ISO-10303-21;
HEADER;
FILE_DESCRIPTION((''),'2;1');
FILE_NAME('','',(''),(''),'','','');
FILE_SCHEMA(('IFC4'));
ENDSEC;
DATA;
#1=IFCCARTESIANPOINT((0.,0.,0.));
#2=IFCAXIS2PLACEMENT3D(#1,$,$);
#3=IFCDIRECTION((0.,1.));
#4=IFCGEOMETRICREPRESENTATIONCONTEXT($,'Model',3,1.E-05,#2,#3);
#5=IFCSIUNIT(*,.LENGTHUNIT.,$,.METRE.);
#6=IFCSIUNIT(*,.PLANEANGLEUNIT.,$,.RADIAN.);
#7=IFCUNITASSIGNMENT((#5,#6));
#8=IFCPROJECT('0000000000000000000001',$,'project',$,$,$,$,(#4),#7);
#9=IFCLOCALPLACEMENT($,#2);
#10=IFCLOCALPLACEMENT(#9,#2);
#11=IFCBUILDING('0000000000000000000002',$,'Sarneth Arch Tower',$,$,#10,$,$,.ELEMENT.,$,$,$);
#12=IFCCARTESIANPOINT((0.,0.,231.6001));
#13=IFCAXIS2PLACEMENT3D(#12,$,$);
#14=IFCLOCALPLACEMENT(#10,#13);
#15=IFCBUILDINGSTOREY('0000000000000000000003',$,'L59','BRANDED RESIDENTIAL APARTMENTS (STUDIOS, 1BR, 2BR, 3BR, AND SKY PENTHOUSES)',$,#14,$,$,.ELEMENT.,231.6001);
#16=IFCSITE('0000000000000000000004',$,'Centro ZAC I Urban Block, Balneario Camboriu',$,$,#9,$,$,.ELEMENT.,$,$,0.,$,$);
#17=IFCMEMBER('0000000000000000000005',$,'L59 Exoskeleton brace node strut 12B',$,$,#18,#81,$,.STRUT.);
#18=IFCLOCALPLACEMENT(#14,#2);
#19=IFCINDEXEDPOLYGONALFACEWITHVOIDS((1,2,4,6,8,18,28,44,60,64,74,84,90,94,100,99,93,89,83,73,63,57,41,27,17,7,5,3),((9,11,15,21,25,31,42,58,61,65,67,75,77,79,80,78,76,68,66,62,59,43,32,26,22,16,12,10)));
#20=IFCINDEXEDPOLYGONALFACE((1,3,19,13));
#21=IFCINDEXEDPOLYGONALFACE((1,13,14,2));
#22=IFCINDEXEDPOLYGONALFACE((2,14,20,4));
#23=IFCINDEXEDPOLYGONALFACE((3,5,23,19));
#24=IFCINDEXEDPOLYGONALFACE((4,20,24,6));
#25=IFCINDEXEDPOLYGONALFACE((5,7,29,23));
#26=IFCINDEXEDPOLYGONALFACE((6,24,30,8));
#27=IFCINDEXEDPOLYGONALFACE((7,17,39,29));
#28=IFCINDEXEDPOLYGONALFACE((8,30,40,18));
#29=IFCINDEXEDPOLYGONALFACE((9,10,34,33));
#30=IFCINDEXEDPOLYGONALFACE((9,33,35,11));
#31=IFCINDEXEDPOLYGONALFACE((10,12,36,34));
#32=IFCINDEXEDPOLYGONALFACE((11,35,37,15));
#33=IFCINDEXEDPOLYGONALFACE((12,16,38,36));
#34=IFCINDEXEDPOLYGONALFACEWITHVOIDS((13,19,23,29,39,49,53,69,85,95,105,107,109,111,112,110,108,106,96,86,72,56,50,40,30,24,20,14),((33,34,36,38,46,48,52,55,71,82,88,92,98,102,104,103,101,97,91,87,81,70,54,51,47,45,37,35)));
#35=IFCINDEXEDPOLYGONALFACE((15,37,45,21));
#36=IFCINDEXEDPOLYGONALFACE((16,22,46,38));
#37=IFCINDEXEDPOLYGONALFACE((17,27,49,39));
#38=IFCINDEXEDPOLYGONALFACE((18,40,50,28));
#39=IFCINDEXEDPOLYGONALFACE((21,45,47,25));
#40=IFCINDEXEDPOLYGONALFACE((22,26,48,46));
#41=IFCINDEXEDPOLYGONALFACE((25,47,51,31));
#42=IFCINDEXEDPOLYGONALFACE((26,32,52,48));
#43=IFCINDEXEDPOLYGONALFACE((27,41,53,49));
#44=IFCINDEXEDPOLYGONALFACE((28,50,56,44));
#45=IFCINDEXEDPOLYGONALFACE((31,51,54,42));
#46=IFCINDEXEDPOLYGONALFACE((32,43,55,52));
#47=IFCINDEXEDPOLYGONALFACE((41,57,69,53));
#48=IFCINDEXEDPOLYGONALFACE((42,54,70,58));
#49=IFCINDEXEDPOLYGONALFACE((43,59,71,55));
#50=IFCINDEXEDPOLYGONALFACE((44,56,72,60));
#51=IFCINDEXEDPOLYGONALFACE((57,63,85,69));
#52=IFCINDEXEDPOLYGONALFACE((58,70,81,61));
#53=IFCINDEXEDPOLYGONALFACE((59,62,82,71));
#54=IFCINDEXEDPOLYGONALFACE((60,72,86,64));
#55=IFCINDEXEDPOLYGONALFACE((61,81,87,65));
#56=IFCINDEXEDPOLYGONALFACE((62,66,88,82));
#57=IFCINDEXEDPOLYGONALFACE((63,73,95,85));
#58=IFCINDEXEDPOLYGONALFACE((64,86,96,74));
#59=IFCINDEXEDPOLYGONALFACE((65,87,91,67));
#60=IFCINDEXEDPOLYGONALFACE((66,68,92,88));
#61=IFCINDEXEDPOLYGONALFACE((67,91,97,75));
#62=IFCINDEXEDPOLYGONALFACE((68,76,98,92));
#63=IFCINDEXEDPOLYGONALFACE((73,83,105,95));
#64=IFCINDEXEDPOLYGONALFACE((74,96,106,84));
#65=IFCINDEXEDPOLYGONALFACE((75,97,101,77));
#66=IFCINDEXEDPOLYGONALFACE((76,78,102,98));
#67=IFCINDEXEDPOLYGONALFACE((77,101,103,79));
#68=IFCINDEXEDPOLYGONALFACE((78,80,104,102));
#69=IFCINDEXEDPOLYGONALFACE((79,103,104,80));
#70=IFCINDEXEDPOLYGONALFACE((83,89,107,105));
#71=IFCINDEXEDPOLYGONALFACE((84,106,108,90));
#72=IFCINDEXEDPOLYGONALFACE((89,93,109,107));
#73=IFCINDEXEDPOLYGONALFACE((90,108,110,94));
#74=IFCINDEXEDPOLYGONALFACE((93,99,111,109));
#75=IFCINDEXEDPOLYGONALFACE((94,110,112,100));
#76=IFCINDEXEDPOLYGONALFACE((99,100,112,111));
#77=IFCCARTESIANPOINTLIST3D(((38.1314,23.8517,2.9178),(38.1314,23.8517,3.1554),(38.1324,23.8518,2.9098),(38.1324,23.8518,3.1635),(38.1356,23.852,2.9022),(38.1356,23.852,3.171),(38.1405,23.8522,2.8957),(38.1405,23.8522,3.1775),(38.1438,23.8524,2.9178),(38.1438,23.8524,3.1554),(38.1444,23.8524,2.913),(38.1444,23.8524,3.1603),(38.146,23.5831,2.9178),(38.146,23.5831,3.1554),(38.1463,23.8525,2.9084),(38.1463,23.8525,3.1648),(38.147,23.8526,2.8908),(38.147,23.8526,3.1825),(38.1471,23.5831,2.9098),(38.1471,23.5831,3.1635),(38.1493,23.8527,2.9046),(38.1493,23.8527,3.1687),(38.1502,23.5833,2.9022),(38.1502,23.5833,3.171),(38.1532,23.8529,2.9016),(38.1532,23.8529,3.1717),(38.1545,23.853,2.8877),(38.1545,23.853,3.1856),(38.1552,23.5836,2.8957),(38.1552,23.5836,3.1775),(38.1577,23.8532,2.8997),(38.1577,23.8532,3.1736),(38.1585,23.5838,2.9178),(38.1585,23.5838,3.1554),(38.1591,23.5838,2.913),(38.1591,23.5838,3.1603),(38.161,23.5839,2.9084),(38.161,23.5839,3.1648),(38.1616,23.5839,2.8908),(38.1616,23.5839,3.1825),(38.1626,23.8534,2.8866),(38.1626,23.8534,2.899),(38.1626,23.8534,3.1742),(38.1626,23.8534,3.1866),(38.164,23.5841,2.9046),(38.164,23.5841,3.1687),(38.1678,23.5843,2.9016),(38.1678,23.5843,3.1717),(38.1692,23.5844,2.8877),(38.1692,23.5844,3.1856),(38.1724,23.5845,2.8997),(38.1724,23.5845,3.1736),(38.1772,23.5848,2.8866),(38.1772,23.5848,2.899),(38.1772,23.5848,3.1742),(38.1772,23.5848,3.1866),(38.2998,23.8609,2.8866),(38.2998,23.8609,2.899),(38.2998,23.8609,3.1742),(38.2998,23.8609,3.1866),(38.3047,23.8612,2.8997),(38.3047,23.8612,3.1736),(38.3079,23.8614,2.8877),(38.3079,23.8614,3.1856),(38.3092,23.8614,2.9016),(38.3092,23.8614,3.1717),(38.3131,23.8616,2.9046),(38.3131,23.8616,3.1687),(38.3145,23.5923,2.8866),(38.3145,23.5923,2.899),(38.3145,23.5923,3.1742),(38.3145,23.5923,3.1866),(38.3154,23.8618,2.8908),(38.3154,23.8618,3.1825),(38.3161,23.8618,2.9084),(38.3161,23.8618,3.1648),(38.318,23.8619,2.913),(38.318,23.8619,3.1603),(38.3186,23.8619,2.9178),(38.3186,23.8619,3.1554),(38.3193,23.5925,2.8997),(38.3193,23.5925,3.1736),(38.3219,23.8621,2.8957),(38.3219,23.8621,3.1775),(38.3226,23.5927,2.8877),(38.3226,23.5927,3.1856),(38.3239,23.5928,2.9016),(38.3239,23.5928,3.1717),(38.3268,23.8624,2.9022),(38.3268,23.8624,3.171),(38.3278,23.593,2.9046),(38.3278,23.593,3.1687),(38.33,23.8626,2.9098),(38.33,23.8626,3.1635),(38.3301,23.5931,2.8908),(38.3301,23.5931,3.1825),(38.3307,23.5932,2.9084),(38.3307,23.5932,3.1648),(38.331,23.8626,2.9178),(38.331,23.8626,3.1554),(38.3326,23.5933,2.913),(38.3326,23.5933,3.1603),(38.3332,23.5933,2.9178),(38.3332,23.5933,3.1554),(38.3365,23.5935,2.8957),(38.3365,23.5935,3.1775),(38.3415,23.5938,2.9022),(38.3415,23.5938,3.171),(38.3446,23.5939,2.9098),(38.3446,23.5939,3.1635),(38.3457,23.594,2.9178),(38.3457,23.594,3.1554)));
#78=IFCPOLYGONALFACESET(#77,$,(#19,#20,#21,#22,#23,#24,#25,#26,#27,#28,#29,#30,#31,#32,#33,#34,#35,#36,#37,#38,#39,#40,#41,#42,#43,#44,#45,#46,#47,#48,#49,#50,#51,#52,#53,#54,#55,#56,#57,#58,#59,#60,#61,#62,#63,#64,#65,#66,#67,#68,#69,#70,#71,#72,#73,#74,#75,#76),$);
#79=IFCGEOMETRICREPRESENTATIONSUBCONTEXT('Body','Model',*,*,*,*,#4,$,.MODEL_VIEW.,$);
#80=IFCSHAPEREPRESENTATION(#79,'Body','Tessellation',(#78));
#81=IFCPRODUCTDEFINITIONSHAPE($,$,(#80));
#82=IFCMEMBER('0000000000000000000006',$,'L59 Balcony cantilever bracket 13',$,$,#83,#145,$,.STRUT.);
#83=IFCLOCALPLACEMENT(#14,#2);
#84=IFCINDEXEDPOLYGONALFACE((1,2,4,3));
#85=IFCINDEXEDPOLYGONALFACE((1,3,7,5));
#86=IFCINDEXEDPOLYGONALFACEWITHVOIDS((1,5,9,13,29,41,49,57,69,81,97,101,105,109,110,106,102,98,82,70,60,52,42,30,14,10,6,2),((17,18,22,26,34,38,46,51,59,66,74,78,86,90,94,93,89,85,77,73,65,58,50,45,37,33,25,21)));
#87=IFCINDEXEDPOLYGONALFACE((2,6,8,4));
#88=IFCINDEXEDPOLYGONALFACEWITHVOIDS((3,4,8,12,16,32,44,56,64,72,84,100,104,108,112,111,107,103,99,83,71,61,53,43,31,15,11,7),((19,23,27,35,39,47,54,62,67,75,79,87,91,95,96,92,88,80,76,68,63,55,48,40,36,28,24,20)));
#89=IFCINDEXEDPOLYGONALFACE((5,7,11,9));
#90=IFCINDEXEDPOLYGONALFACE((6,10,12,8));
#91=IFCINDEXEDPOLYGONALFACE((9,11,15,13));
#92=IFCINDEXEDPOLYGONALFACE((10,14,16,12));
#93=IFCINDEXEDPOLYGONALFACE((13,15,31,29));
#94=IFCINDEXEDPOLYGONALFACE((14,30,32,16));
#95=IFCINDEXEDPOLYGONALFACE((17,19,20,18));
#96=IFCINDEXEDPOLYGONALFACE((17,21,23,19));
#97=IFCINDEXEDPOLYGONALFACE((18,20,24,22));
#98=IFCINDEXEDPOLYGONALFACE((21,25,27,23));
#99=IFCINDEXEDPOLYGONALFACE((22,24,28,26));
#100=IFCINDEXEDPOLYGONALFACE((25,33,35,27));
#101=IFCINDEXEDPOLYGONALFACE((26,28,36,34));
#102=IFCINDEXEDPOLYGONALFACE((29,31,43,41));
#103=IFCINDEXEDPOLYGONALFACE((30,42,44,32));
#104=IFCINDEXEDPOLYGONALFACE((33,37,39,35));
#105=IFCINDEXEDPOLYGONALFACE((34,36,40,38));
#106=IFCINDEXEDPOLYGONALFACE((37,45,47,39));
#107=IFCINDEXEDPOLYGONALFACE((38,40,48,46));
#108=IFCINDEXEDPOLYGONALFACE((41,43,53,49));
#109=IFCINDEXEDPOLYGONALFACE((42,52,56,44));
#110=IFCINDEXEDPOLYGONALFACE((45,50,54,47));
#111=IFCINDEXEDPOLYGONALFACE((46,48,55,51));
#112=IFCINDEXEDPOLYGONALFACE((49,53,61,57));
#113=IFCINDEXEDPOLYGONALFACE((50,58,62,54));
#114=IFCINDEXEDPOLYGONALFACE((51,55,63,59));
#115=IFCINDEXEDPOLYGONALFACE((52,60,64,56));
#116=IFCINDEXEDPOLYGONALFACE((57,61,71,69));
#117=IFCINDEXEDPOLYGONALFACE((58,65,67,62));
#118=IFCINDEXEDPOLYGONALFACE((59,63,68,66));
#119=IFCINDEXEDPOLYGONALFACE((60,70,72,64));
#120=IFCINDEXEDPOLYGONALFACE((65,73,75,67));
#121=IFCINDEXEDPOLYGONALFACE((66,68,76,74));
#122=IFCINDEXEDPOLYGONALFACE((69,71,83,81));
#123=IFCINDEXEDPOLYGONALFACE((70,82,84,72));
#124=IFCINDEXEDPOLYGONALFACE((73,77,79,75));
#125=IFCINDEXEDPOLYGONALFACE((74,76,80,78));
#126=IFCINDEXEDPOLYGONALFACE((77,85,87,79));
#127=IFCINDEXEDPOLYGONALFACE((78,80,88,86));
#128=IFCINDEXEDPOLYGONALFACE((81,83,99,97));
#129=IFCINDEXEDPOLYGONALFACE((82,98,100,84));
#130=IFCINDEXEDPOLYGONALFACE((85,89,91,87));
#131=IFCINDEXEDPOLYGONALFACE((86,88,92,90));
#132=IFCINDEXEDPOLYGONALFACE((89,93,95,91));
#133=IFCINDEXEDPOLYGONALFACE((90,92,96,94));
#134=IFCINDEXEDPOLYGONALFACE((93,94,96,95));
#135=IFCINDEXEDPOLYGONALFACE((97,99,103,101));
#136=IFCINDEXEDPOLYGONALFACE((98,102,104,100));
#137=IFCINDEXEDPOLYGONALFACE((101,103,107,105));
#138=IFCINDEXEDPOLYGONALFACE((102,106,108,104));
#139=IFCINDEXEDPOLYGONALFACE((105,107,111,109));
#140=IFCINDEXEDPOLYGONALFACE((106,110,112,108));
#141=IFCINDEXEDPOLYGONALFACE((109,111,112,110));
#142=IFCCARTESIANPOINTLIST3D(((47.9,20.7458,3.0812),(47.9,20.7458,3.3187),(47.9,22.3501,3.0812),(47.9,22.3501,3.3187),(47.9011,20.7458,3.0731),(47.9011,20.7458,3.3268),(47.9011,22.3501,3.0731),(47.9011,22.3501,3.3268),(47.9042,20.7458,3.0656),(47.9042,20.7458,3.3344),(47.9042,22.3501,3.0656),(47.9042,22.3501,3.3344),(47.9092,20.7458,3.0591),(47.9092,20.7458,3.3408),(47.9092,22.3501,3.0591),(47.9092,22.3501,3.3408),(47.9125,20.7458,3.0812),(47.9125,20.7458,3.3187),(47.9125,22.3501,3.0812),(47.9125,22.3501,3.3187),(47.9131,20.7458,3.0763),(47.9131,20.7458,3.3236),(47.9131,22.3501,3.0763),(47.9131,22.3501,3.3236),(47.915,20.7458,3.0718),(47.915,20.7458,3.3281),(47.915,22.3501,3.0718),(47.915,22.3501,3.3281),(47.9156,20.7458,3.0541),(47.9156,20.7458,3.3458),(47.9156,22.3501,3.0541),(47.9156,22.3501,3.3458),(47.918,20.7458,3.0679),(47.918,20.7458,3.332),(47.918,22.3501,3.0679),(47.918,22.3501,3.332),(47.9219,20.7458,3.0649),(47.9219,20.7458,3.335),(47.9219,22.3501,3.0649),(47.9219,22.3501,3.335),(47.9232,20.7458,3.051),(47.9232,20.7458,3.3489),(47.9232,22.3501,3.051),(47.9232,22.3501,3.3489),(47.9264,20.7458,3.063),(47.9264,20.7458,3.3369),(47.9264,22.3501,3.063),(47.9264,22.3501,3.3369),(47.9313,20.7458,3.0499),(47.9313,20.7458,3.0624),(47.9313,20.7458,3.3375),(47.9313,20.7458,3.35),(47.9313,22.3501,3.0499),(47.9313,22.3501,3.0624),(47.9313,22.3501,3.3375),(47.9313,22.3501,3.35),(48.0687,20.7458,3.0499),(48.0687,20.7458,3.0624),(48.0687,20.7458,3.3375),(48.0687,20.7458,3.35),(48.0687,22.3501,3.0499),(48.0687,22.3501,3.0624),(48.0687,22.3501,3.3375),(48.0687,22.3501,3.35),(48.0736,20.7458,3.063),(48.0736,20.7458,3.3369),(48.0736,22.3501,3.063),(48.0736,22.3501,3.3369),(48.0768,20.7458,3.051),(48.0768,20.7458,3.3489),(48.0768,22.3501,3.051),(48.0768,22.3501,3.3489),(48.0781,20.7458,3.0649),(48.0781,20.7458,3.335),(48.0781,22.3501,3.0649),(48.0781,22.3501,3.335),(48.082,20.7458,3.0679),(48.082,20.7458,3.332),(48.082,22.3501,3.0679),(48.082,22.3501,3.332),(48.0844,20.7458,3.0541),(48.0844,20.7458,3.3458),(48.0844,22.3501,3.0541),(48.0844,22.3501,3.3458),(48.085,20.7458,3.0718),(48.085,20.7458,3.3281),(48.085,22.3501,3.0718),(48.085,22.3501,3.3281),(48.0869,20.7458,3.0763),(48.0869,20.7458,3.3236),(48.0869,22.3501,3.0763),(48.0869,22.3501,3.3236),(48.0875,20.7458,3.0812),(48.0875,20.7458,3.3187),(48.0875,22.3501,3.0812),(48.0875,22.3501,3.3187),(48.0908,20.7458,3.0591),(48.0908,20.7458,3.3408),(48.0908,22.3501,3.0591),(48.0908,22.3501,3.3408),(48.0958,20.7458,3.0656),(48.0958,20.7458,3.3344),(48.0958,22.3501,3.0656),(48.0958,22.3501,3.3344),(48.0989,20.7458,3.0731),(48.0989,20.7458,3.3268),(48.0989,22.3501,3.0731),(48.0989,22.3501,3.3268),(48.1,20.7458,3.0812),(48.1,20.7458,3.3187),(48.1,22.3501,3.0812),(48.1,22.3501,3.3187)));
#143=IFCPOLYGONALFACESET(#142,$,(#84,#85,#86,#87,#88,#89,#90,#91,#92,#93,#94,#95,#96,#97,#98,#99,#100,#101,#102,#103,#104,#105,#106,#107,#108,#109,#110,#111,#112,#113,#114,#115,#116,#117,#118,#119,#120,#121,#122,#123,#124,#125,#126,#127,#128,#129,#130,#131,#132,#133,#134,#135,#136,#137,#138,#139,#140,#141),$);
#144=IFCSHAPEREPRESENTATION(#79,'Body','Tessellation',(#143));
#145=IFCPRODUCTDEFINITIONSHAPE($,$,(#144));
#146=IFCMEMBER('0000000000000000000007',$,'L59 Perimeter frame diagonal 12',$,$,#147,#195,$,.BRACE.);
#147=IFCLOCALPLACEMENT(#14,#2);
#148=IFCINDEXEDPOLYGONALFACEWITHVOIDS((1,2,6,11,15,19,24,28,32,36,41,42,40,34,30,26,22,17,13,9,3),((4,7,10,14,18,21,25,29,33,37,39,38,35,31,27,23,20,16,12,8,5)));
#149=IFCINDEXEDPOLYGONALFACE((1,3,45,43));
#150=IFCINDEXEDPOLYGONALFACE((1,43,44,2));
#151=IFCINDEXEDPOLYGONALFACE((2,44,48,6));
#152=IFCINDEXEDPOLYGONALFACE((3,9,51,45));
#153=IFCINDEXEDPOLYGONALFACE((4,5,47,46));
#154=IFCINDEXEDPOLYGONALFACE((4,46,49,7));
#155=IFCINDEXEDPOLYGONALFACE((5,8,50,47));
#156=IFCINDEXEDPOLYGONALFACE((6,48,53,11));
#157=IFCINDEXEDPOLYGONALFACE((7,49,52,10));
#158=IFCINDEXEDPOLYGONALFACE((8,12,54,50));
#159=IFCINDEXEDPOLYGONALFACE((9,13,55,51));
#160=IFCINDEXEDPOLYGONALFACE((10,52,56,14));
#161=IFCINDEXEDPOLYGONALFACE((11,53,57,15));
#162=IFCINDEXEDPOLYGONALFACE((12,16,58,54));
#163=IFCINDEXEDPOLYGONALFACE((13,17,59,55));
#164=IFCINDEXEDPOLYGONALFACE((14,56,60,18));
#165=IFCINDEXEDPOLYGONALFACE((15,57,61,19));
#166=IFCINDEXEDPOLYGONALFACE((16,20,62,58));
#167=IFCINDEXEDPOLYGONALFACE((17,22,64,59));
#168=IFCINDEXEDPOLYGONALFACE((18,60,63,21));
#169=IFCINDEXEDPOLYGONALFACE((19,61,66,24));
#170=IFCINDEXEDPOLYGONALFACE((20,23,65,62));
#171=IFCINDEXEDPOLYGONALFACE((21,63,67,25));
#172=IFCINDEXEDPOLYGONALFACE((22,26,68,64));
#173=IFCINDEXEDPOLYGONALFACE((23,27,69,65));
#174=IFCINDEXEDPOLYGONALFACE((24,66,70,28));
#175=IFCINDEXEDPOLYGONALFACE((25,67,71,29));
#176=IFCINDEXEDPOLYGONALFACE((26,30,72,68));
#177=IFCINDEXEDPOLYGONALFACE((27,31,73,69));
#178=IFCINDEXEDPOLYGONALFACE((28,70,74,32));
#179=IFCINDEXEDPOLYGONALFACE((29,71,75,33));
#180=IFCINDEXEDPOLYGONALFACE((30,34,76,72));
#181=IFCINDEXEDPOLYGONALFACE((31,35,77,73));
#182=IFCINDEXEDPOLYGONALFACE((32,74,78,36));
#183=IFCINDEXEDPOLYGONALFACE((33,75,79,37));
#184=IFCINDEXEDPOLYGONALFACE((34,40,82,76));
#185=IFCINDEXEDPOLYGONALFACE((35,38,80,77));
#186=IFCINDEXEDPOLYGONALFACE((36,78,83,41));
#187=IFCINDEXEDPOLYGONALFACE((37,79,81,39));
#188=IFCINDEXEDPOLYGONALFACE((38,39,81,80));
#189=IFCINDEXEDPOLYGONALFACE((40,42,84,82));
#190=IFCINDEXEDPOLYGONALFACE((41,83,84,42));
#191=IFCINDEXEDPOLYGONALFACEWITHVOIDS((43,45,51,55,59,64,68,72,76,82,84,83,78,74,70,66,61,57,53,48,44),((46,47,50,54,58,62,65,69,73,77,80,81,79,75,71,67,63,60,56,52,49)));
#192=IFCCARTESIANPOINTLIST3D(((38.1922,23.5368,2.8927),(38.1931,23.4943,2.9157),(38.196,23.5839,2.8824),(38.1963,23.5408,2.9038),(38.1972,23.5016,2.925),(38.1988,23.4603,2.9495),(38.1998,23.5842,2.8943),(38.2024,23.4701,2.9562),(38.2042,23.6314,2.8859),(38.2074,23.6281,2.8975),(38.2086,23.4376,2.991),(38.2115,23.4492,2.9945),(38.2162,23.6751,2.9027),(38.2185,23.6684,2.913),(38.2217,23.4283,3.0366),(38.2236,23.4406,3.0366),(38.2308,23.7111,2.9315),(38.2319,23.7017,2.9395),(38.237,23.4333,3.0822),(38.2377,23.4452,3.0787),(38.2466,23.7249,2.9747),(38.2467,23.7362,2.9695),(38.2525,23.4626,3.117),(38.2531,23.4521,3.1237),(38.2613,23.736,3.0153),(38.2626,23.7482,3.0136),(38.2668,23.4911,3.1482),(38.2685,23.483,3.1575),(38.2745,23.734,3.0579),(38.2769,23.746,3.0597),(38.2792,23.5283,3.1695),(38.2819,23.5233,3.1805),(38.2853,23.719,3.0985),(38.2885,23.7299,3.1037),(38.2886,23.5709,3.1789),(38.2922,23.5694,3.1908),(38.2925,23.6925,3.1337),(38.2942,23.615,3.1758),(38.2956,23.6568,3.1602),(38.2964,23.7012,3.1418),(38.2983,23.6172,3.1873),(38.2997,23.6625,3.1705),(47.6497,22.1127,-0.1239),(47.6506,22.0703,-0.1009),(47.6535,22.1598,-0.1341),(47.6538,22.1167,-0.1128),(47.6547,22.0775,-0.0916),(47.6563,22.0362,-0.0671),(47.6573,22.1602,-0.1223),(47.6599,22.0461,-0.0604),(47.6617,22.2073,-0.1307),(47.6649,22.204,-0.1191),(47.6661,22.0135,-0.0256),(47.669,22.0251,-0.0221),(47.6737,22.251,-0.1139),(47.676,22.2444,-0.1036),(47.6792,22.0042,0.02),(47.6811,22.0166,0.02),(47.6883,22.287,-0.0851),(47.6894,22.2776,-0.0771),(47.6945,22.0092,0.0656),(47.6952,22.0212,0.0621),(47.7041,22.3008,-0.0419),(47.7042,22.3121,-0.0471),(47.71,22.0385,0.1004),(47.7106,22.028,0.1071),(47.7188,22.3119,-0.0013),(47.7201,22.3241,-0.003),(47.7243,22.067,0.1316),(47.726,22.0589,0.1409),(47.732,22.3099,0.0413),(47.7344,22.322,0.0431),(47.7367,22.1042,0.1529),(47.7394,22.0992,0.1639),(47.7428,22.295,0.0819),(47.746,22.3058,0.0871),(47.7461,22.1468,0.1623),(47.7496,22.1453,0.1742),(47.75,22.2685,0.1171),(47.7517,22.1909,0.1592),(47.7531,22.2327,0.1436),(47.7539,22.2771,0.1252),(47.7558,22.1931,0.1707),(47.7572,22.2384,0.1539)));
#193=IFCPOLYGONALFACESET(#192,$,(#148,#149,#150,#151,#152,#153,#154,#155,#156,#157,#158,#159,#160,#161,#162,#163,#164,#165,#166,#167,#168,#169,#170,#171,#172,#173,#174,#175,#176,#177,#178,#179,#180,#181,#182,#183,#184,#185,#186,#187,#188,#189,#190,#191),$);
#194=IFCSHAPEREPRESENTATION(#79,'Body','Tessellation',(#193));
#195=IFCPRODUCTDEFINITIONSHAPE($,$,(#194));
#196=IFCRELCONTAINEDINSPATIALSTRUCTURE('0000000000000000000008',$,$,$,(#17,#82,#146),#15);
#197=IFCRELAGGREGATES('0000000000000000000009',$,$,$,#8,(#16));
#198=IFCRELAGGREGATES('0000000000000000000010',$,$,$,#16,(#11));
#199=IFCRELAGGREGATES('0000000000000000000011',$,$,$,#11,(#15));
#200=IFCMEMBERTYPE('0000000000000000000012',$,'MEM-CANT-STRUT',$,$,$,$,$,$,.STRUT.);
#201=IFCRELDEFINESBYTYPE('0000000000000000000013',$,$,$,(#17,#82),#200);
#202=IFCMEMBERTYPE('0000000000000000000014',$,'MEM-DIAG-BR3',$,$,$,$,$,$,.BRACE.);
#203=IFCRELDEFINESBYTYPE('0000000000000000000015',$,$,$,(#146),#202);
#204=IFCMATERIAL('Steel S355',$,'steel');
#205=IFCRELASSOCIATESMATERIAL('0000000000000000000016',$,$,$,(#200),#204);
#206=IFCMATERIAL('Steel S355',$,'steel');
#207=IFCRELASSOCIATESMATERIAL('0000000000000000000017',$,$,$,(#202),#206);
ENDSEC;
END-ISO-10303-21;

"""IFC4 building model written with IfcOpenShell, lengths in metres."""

from ifc_helpers import new_model, si_unit, direction, frame, origin, origin_2d, place, context, subcontext, project, spatial, hollow_rectangle, hollow_circle, extrude, material, material_profile, profile_set, type_object, element, save


model = new_model("IFC4")

# Units and contexts
model_context = context("Model", 3, precision=1e-05, world=origin(), true_north=direction((0.0, 1.0)))
body_context = subcontext(model_context, "Body", "Model", "MODEL_VIEW")
ifc_project = project(units=[si_unit("LENGTHUNIT", "METRE"), si_unit("PLANEANGLEUNIT", "RADIAN")], contexts=[model_context])

# Site, building, storey
site_placement = place(None, origin())
site = spatial("IfcSite", under=ifc_project, at=site_placement, Name="Centro ZAC I Urban Block, Balneario Camboriu", CompositionType="ELEMENT", RefElevation=0.0)
building_placement = place(site_placement, origin())
building = spatial("IfcBuilding", under=site, at=building_placement, Name="Sarneth Arch Tower", CompositionType="ELEMENT")
storey_placement = place(building_placement, frame((0.0, 0.0, 231.6001)))
storey = spatial("IfcBuildingStorey", under=building, at=storey_placement, Name="L59", Description="BRANDED RESIDENTIAL APARTMENTS (STUDIOS, 1BR, 2BR, 3BR, AND SKY PENTHOUSES)", CompositionType="ELEMENT", Elevation=231.6001)

# Members
ifc_material_1 = material(Name="Steel S355", Category="steel")
ifc_material_profile_1 = material_profile(ifc_material_1, hollow_rectangle(XDim=0.2, YDim=0.3, WallThickness=0.0125, InnerFilletRadius=0.0188, OuterFilletRadius=0.0312, at=origin_2d()), Name="RHS300x200x12.5")
ifc_profile_set_1 = profile_set([ifc_material_profile_1], Name="Steel S355")
member_type_1 = type_object("IfcMemberType", Name="MEM-CANT-STRUT", PredefinedType="STRUT", material=ifc_profile_set_1)
member_1_placement = place(storey_placement, frame((38.2312, 23.8572, 3.0366), z_axis=(0.054464, -0.998516, 0.0), x_axis=(0.998516, 0.054464, 0.0)))
element("IfcMember", 1, at=member_1_placement, inside=storey, type_object=member_type_1, Name="L59 Exoskeleton brace node strut 12B", PredefinedType="STRUT", context=body_context, shape_type="SweptSolid", body=[
    extrude(hollow_rectangle(XDim=0.2, YDim=0.3, WallThickness=0.0125, InnerFilletRadius=0.0188, OuterFilletRadius=0.0312, at=origin_2d()), origin(), (0.0, 0.0, 1.0), 0.269),
])
member_2_placement = place(storey_placement, frame((48.0, 22.3501, 3.2), z_axis=(0.0, -1.0, 0.0), x_axis=(1.0, 0.0, 0.0)))
element("IfcMember", 2, at=member_2_placement, inside=storey, type_object=member_type_1, Name="L59 Balcony cantilever bracket 13", PredefinedType="STRUT", context=body_context, shape_type="SweptSolid", body=[
    extrude(hollow_rectangle(XDim=0.2, YDim=0.3, WallThickness=0.0125, InnerFilletRadius=0.0188, OuterFilletRadius=0.0312, at=origin_2d()), origin(), (0.0, 0.0, 1.0), 1.6042),
])
ifc_material_2 = material(Name="Steel S355", Category="steel")
ifc_material_profile_2 = material_profile(ifc_material_2, hollow_circle(Radius=0.1621, WallThickness=0.0125, at=origin_2d()), Name="CHS324x12.5")
ifc_profile_set_2 = profile_set([ifc_material_profile_2], Name="Steel S355")
member_type_2 = type_object("IfcMemberType", Name="MEM-DIAG-BR3", PredefinedType="BRACE", material=ifc_profile_set_2)
member_3_placement = place(storey_placement, frame((47.7034, 22.1646, 0.02), z_axis=(-0.943056, 0.142001, 0.3008), x_axis=(-0.148897, -0.988853, 0.0)))
element("IfcMember", 3, at=member_3_placement, inside=storey, type_object=member_type_2, Name="L59 Perimeter frame diagonal 12", PredefinedType="BRACE", context=body_context, shape_type="SweptSolid", body=[
    extrude(hollow_circle(Radius=0.1621, WallThickness=0.0125, at=origin_2d()), origin(), (0.0, 0.0, 1.0), 10.0286),
])

save(model, "model.ifc")
